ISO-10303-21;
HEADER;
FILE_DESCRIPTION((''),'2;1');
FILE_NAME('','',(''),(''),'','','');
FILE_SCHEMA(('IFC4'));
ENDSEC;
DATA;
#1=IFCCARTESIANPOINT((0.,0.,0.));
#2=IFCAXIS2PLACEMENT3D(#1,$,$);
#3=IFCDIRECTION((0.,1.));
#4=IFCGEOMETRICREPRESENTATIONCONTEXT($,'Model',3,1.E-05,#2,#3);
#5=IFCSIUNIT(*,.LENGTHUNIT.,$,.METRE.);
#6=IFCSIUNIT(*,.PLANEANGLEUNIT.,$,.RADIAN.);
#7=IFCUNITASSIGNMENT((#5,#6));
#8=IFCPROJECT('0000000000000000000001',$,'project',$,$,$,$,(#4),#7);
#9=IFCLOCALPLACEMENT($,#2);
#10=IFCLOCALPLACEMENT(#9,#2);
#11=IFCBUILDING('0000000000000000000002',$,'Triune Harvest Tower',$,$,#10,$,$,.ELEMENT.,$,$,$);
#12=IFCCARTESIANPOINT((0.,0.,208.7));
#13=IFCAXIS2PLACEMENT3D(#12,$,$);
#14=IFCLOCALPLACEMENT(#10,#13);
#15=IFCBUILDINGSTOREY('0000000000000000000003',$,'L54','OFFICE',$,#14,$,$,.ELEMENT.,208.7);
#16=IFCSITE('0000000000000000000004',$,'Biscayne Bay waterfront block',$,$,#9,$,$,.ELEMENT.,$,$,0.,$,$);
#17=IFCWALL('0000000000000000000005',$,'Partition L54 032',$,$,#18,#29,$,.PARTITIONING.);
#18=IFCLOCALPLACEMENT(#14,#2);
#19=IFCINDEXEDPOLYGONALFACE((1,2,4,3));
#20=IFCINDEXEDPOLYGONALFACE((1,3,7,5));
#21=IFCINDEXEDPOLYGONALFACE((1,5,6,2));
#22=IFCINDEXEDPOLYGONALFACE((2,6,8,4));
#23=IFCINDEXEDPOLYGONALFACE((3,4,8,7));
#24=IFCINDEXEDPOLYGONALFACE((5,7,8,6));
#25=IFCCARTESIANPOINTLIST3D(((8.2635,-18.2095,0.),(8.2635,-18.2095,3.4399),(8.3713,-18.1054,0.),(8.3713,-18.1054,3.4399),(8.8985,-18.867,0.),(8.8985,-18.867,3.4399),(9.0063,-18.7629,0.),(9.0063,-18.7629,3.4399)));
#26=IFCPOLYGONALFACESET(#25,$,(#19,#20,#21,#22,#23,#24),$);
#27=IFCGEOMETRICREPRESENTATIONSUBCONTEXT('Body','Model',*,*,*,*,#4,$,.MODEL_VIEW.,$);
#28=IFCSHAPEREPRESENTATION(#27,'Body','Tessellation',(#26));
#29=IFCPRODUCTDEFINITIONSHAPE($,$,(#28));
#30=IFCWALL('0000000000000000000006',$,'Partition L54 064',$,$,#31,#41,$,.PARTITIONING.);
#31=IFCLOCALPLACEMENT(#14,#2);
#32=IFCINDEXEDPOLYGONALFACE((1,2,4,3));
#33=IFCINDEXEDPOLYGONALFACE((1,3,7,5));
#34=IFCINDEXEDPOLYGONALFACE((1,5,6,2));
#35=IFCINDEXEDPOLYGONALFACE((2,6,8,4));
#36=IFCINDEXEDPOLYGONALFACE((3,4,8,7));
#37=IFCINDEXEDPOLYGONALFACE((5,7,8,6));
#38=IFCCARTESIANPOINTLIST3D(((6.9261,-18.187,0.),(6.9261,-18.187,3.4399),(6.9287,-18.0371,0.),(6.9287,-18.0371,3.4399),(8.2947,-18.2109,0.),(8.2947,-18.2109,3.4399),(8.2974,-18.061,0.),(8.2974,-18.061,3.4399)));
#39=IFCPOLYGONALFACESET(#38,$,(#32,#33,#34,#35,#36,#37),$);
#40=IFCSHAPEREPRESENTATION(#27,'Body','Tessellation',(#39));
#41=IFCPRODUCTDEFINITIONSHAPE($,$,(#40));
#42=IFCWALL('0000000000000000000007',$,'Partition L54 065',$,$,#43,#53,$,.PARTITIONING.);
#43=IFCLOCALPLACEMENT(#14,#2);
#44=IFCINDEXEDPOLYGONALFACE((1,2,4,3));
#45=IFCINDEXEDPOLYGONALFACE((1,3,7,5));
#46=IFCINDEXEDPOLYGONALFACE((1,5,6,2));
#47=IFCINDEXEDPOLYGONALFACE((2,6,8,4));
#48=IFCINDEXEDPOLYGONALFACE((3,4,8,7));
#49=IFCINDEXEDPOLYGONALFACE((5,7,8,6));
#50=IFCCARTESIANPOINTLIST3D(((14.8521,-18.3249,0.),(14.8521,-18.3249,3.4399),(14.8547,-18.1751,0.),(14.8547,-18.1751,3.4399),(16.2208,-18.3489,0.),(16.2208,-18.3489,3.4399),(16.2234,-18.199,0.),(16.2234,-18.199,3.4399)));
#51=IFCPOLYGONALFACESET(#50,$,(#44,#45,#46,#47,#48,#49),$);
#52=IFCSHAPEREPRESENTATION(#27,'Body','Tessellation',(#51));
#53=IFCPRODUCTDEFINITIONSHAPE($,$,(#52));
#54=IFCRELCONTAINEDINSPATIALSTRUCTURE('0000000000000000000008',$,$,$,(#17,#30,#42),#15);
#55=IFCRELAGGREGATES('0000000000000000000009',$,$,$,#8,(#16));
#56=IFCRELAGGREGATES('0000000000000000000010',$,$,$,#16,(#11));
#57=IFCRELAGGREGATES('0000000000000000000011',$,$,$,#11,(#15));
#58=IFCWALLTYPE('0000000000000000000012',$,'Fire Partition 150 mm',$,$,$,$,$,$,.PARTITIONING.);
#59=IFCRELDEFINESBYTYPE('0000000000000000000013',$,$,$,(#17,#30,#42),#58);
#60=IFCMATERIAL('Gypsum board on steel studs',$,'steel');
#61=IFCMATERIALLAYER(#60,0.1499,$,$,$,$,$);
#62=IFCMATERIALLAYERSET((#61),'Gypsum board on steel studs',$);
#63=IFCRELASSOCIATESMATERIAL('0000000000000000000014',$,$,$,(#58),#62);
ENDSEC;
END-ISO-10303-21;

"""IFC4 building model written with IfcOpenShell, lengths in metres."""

from ifc_helpers import new_model, si_unit, direction, frame, frame_2d, origin, place, context, subcontext, project, spatial, rectangle, extrude, source, transform, mapped, material, layer, layer_set, type_object, element, save


model = new_model("IFC4")

# Units and contexts
model_context = context("Model", 3, precision=1e-05, world=origin(), true_north=direction((0.0, 1.0)))
body_context = subcontext(model_context, "Body", "Model", "MODEL_VIEW")
ifc_project = project(units=[si_unit("LENGTHUNIT", "METRE"), si_unit("PLANEANGLEUNIT", "RADIAN")], contexts=[model_context])

# Site, building, storey
site_placement = place(None, origin())
site = spatial("IfcSite", under=ifc_project, at=site_placement, Name="Biscayne Bay waterfront block", CompositionType="ELEMENT", RefElevation=0.0)
building_placement = place(site_placement, origin())
building = spatial("IfcBuilding", under=site, at=building_placement, Name="Triune Harvest Tower", CompositionType="ELEMENT")
storey_placement = place(building_placement, frame((0.0, 0.0, 208.7)))
storey = spatial("IfcBuildingStorey", under=building, at=storey_placement, Name="L54", Description="OFFICE", CompositionType="ELEMENT", Elevation=208.7)

# Shared definitions
ifc_material_1 = material(Name="Gypsum board on steel studs", Category="steel")
ifc_layer_1 = layer(ifc_material_1, 0.1499)
ifc_layer_set_1 = layer_set([ifc_layer_1], Name="Gypsum board on steel studs")
wall_type_1 = type_object("IfcWallType", Name="Fire Partition 150 mm", PredefinedType="PARTITIONING", material=ifc_layer_set_1)

# Walls
shared_shape_1 = source(origin(), body_context, "Body", "SweptSolid", [
    extrude(rectangle(XDim=0.9141, YDim=0.1499, at=frame_2d((0.457, 0.0))), origin(), (0.0, 0.0, 1.0), 3.4399),
])
for number, where, z_axis, x_axis, name in (
    (1, (8.3174, -18.1575, 0.0), (0.0, 0.0, 1.0), (0.694714, -0.719286, 0.0), "Partition L54 032"),
):
    element("IfcWall", number, at=place(storey_placement, frame(where, z_axis=z_axis, x_axis=x_axis)), inside=storey, type_object=wall_type_1, Name=name, PredefinedType="PARTITIONING", context=body_context, shape_type="MappedRepresentation", body=[
        mapped(shared_shape_1, transform((0.0, 0.0, 0.0), scale=1.0)),
    ])
shared_shape_2 = source(origin(), body_context, "Body", "SweptSolid", [
    extrude(rectangle(XDim=1.3689, YDim=0.1499, at=frame_2d((0.6846, 0.0))), origin(), (0.0, 0.0, 1.0), 3.4399),
])
for number, where, z_axis, x_axis, name in (
    (2, (6.9272, -18.1121, 0.0), (0.0, 0.0, 1.0), (0.999847, -0.017479, 0.0), "Partition L54 064"),
    (3, (14.8533, -18.25, 0.0), (0.0, 0.0, 1.0), (0.999847, -0.017479, 0.0), "Partition L54 065"),
):
    element("IfcWall", number, at=place(storey_placement, frame(where, z_axis=z_axis, x_axis=x_axis)), inside=storey, type_object=wall_type_1, Name=name, PredefinedType="PARTITIONING", context=body_context, shape_type="MappedRepresentation", body=[
        mapped(shared_shape_2, transform((0.0, 0.0, 0.0), scale=1.0)),
    ])

save(model, "model.ifc")
